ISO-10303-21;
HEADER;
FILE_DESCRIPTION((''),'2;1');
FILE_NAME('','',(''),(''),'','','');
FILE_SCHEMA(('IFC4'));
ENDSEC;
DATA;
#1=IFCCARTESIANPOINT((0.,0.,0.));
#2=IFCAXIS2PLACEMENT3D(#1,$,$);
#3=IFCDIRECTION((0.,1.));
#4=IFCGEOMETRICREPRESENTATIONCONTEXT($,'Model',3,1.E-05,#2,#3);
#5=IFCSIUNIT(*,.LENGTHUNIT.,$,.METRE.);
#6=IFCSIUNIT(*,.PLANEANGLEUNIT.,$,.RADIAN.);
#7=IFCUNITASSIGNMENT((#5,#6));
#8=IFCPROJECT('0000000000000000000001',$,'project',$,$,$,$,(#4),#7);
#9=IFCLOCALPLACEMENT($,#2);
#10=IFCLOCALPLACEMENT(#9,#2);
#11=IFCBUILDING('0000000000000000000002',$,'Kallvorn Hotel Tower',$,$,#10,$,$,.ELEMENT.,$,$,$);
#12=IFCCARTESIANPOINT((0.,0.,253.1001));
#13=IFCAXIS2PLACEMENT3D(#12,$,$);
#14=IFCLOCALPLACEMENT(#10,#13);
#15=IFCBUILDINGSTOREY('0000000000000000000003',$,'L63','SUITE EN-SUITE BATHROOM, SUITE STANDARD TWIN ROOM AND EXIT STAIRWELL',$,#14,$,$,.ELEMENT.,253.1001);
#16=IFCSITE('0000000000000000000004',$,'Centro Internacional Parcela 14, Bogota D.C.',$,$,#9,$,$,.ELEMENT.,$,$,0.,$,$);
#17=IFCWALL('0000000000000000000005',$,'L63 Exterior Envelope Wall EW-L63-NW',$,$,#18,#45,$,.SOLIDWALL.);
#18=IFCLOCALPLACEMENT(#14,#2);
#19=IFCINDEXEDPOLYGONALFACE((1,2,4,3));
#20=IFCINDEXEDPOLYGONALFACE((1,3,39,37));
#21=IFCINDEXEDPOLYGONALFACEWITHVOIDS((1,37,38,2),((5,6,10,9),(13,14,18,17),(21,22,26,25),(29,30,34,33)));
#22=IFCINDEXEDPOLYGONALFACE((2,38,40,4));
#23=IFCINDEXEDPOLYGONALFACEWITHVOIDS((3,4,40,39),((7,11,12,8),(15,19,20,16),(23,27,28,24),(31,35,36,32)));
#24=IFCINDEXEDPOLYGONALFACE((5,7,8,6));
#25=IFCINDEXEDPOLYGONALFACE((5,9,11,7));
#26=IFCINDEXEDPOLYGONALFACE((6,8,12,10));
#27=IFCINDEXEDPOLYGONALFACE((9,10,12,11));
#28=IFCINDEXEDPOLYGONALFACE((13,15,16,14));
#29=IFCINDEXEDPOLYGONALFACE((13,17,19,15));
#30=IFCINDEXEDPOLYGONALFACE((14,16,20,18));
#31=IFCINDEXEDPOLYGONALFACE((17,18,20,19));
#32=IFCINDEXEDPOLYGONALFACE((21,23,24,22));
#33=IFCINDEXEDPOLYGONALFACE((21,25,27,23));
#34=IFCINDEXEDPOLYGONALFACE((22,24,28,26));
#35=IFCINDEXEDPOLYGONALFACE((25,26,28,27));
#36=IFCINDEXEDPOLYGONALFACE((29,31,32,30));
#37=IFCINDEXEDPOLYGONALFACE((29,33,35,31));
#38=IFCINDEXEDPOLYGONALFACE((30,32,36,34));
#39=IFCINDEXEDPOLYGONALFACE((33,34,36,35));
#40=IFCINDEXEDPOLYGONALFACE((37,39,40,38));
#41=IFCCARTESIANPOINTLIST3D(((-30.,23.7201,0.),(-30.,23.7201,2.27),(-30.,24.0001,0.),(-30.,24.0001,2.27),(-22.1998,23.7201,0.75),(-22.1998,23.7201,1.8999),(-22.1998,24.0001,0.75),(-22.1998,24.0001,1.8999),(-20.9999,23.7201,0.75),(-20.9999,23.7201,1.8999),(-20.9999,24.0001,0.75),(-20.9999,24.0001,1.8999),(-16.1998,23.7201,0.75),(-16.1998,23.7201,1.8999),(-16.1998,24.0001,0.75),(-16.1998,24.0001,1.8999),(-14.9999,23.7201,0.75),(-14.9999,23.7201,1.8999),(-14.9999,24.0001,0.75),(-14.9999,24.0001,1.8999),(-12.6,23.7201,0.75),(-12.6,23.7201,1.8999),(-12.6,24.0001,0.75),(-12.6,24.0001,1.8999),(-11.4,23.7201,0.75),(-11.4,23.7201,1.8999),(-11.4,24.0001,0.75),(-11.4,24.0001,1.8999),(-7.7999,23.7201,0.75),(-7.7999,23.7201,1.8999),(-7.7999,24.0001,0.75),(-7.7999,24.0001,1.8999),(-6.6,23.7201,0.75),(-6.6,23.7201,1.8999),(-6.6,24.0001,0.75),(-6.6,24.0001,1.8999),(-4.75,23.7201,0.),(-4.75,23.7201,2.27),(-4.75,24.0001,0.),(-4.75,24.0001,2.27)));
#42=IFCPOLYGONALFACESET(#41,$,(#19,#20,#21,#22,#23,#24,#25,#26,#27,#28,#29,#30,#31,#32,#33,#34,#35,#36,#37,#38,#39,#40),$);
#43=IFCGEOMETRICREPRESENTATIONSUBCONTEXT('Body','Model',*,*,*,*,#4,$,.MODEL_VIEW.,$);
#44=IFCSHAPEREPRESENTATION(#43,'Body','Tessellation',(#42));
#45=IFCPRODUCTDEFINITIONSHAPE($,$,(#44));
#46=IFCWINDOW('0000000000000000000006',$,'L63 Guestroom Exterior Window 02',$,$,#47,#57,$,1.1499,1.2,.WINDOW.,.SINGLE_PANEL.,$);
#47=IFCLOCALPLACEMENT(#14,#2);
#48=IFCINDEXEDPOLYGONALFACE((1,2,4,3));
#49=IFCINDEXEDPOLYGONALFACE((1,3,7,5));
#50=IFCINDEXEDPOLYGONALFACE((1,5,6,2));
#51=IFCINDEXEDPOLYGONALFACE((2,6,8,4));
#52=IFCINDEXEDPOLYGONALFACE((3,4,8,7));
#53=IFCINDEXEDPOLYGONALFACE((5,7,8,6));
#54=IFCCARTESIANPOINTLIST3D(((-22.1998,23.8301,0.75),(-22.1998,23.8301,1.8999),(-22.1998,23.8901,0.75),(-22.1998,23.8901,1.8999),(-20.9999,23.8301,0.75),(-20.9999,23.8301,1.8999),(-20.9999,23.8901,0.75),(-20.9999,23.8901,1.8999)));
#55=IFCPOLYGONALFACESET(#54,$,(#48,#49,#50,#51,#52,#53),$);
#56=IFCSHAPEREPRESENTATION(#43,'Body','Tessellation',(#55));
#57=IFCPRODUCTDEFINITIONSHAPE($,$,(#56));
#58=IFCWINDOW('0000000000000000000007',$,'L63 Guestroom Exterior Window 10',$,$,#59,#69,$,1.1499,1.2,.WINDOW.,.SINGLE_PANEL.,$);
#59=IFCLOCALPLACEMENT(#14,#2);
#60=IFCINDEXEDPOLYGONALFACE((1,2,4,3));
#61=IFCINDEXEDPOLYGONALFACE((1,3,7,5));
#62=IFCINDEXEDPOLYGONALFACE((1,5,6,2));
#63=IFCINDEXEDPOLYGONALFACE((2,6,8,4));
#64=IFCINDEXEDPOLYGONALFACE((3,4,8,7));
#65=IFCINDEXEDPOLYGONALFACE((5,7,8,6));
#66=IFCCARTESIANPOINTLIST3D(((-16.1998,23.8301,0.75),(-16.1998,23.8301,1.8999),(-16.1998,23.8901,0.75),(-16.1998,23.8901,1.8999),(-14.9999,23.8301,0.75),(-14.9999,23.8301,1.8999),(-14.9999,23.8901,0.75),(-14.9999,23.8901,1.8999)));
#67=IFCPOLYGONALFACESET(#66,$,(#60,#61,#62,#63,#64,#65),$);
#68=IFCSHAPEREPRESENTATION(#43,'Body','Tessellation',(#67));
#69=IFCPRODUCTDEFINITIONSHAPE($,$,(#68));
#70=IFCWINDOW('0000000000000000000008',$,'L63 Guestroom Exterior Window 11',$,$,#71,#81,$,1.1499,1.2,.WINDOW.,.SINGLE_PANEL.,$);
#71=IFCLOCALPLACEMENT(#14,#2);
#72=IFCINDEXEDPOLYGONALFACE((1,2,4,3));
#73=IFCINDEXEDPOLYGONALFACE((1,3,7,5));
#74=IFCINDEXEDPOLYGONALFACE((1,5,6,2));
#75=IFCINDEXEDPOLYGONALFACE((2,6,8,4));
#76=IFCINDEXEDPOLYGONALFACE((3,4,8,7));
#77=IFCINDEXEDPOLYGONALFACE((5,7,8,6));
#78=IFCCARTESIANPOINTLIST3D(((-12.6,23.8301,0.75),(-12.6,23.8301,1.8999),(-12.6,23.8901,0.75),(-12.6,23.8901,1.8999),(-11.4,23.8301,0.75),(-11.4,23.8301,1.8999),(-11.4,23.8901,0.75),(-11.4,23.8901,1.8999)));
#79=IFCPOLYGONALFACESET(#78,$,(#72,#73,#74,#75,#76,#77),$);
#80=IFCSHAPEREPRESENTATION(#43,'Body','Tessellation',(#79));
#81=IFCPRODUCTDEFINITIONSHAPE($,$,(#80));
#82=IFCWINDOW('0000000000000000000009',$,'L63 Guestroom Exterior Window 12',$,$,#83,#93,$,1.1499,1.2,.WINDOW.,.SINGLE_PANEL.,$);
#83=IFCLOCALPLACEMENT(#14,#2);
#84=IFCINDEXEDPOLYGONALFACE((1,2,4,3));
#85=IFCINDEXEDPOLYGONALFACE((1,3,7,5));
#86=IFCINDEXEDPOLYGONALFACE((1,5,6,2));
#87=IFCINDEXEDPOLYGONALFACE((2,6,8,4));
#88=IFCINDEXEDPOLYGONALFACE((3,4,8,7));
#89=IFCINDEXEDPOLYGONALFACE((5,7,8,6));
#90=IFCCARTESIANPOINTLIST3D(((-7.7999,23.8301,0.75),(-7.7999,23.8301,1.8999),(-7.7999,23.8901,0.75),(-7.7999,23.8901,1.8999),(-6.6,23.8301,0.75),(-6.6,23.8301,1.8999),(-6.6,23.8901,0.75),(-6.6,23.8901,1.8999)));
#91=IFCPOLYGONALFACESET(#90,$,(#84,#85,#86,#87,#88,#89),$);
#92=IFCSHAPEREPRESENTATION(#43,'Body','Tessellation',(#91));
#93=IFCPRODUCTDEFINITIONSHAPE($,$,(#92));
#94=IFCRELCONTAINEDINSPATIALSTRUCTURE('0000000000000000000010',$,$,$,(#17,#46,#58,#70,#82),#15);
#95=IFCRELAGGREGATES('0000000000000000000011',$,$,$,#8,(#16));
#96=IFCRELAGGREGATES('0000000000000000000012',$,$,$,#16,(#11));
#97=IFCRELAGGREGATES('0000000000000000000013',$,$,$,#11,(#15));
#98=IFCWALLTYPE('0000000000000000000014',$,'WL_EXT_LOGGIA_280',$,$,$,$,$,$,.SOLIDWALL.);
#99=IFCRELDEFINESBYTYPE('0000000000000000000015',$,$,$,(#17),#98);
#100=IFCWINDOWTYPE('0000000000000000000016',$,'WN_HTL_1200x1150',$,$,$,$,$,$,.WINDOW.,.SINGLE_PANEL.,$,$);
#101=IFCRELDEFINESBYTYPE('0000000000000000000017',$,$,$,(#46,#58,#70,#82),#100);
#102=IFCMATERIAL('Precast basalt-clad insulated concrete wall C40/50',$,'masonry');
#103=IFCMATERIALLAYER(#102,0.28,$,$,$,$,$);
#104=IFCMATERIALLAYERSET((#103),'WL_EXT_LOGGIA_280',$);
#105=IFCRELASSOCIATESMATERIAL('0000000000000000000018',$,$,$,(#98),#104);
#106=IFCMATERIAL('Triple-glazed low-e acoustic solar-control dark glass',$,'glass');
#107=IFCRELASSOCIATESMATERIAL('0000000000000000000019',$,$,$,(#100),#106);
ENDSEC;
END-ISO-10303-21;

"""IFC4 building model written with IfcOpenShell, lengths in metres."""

from ifc_helpers import new_model, si_unit, direction, frame, frame_2d, origin, place, context, subcontext, project, spatial, rectangle, extrude, material, layer, layer_set, type_object, element, fill, save


model = new_model("IFC4")

# Units and contexts
model_context = context("Model", 3, precision=1e-05, world=origin(), true_north=direction((0.0, 1.0)))
body_context = subcontext(model_context, "Body", "Model", "MODEL_VIEW")
ifc_project = project(units=[si_unit("LENGTHUNIT", "METRE"), si_unit("PLANEANGLEUNIT", "RADIAN")], contexts=[model_context])

# Site, building, storey
site_placement = place(None, origin())
site = spatial("IfcSite", under=ifc_project, at=site_placement, Name="Centro Internacional Parcela 14, Bogota D.C.", CompositionType="ELEMENT", RefElevation=0.0)
building_placement = place(site_placement, origin())
building = spatial("IfcBuilding", under=site, at=building_placement, Name="Kallvorn Hotel Tower", CompositionType="ELEMENT")
storey_placement = place(building_placement, frame((0.0, 0.0, 253.1001)))
storey = spatial("IfcBuildingStorey", under=building, at=storey_placement, Name="L63", Description="SUITE EN-SUITE BATHROOM, SUITE STANDARD TWIN ROOM AND EXIT STAIRWELL", CompositionType="ELEMENT", Elevation=253.1001)

# Shared definitions
ifc_material_1 = material(Name="Precast basalt-clad insulated concrete wall C40/50", Category="masonry")
ifc_layer_1 = layer(ifc_material_1, 0.28)
ifc_layer_set_1 = layer_set([ifc_layer_1], Name="WL_EXT_LOGGIA_280")
wall_type = type_object("IfcWallType", Name="WL_EXT_LOGGIA_280", PredefinedType="SOLIDWALL", material=ifc_layer_set_1)

# Wall, openings, windows
wall_1_placement = place(storey_placement, frame((-30.0, 23.8601, 0.0), z_axis=(0.0, 0.0, 1.0), x_axis=(1.0, 0.0, 0.0)))
wall_1 = element("IfcWall", 1, at=wall_1_placement, inside=storey, type_object=wall_type, Name="L63 Exterior Envelope Wall EW-L63-NW", PredefinedType="SOLIDWALL", context=body_context, shape_type="SweptSolid", body=[
    extrude(rectangle(XDim=25.25, YDim=0.28, at=frame_2d((12.625, 0.0))), origin(), (0.0, 0.0, 1.0), 2.27),
])
opening_1_placement = place(wall_1_placement, frame((7.8, 0.0, 0.75)))
opening_1 = element("IfcOpeningElement", 2, at=opening_1_placement, cuts=wall_1, PredefinedType="OPENING", context=body_context, shape_type="SweptSolid", body=[
    extrude(rectangle(XDim=1.2, YDim=1.1499, at=frame_2d((0.6001, 0.575))), frame((0.0, 0.155, 0.0), z_axis=(0.0, -1.0, 0.0), x_axis=(1.0, 0.0, 0.0)), (0.0, 0.0, 1.0), 0.3101),
])
opening_2_placement = place(wall_1_placement, frame((13.8, 0.0, 0.75)))
opening_2 = element("IfcOpeningElement", 3, at=opening_2_placement, cuts=wall_1, PredefinedType="OPENING", context=body_context, shape_type="SweptSolid", body=[
    extrude(rectangle(XDim=1.2, YDim=1.1499, at=frame_2d((0.6001, 0.575))), frame((0.0, 0.155, 0.0), z_axis=(0.0, -1.0, 0.0), x_axis=(1.0, 0.0, 0.0)), (0.0, 0.0, 1.0), 0.3101),
])
opening_3_placement = place(wall_1_placement, frame((17.3999, 0.0, 0.75)))
opening_3 = element("IfcOpeningElement", 4, at=opening_3_placement, cuts=wall_1, PredefinedType="OPENING", context=body_context, shape_type="SweptSolid", body=[
    extrude(rectangle(XDim=1.2, YDim=1.1499, at=frame_2d((0.6001, 0.575))), frame((0.0, 0.155, 0.0), z_axis=(0.0, -1.0, 0.0), x_axis=(1.0, 0.0, 0.0)), (0.0, 0.0, 1.0), 0.3101),
])
opening_4_placement = place(wall_1_placement, frame((22.2, 0.0, 0.75)))
opening_4 = element("IfcOpeningElement", 5, at=opening_4_placement, cuts=wall_1, PredefinedType="OPENING", context=body_context, shape_type="SweptSolid", body=[
    extrude(rectangle(XDim=1.2, YDim=1.1499, at=frame_2d((0.6001, 0.575))), frame((0.0, 0.155, 0.0), z_axis=(0.0, -1.0, 0.0), x_axis=(1.0, 0.0, 0.0)), (0.0, 0.0, 1.0), 0.3101),
])
ifc_material_2 = material(Name="Triple-glazed low-e acoustic solar-control dark glass", Category="glass")
window_type = type_object("IfcWindowType", Name="WN_HTL_1200x1150", PartitioningType="SINGLE_PANEL", PredefinedType="WINDOW", material=ifc_material_2)
window_1_placement = place(opening_1_placement, origin())
window_1 = element("IfcWindow", 6, at=window_1_placement, inside=storey, type_object=window_type, Name="L63 Guestroom Exterior Window 02", OverallHeight=1.1499, OverallWidth=1.2, PartitioningType="SINGLE_PANEL", PredefinedType="WINDOW", context=body_context, shape_type="SweptSolid", body=[
    extrude(rectangle(XDim=1.2, YDim=1.1499, at=frame_2d((0.6001, 0.575))), frame((0.0, 0.03, 0.0), z_axis=(0.0, -1.0, 0.0), x_axis=(1.0, 0.0, 0.0)), (0.0, 0.0, 1.0), 0.0601),
])
fill(opening_1, window_1)
window_2_placement = place(opening_2_placement, origin())
window_2 = element("IfcWindow", 7, at=window_2_placement, inside=storey, type_object=window_type, Name="L63 Guestroom Exterior Window 10", OverallHeight=1.1499, OverallWidth=1.2, PartitioningType="SINGLE_PANEL", PredefinedType="WINDOW", context=body_context, shape_type="SweptSolid", body=[
    extrude(rectangle(XDim=1.2, YDim=1.1499, at=frame_2d((0.6001, 0.575))), frame((0.0, 0.03, 0.0), z_axis=(0.0, -1.0, 0.0), x_axis=(1.0, 0.0, 0.0)), (0.0, 0.0, 1.0), 0.0601),
])
fill(opening_2, window_2)
window_3_placement = place(opening_3_placement, origin())
window_3 = element("IfcWindow", 8, at=window_3_placement, inside=storey, type_object=window_type, Name="L63 Guestroom Exterior Window 11", OverallHeight=1.1499, OverallWidth=1.2, PartitioningType="SINGLE_PANEL", PredefinedType="WINDOW", context=body_context, shape_type="SweptSolid", body=[
    extrude(rectangle(XDim=1.2, YDim=1.1499, at=frame_2d((0.6001, 0.575))), frame((0.0, 0.03, 0.0), z_axis=(0.0, -1.0, 0.0), x_axis=(1.0, 0.0, 0.0)), (0.0, 0.0, 1.0), 0.0601),
])
fill(opening_3, window_3)
window_4_placement = place(opening_4_placement, origin())
window_4 = element("IfcWindow", 9, at=window_4_placement, inside=storey, type_object=window_type, Name="L63 Guestroom Exterior Window 12", OverallHeight=1.1499, OverallWidth=1.2, PartitioningType="SINGLE_PANEL", PredefinedType="WINDOW", context=body_context, shape_type="SweptSolid", body=[
    extrude(rectangle(XDim=1.2, YDim=1.1499, at=frame_2d((0.6001, 0.575))), frame((0.0, 0.03, 0.0), z_axis=(0.0, -1.0, 0.0), x_axis=(1.0, 0.0, 0.0)), (0.0, 0.0, 1.0), 0.0601),
])
fill(opening_4, window_4)

save(model, "model.ifc")
